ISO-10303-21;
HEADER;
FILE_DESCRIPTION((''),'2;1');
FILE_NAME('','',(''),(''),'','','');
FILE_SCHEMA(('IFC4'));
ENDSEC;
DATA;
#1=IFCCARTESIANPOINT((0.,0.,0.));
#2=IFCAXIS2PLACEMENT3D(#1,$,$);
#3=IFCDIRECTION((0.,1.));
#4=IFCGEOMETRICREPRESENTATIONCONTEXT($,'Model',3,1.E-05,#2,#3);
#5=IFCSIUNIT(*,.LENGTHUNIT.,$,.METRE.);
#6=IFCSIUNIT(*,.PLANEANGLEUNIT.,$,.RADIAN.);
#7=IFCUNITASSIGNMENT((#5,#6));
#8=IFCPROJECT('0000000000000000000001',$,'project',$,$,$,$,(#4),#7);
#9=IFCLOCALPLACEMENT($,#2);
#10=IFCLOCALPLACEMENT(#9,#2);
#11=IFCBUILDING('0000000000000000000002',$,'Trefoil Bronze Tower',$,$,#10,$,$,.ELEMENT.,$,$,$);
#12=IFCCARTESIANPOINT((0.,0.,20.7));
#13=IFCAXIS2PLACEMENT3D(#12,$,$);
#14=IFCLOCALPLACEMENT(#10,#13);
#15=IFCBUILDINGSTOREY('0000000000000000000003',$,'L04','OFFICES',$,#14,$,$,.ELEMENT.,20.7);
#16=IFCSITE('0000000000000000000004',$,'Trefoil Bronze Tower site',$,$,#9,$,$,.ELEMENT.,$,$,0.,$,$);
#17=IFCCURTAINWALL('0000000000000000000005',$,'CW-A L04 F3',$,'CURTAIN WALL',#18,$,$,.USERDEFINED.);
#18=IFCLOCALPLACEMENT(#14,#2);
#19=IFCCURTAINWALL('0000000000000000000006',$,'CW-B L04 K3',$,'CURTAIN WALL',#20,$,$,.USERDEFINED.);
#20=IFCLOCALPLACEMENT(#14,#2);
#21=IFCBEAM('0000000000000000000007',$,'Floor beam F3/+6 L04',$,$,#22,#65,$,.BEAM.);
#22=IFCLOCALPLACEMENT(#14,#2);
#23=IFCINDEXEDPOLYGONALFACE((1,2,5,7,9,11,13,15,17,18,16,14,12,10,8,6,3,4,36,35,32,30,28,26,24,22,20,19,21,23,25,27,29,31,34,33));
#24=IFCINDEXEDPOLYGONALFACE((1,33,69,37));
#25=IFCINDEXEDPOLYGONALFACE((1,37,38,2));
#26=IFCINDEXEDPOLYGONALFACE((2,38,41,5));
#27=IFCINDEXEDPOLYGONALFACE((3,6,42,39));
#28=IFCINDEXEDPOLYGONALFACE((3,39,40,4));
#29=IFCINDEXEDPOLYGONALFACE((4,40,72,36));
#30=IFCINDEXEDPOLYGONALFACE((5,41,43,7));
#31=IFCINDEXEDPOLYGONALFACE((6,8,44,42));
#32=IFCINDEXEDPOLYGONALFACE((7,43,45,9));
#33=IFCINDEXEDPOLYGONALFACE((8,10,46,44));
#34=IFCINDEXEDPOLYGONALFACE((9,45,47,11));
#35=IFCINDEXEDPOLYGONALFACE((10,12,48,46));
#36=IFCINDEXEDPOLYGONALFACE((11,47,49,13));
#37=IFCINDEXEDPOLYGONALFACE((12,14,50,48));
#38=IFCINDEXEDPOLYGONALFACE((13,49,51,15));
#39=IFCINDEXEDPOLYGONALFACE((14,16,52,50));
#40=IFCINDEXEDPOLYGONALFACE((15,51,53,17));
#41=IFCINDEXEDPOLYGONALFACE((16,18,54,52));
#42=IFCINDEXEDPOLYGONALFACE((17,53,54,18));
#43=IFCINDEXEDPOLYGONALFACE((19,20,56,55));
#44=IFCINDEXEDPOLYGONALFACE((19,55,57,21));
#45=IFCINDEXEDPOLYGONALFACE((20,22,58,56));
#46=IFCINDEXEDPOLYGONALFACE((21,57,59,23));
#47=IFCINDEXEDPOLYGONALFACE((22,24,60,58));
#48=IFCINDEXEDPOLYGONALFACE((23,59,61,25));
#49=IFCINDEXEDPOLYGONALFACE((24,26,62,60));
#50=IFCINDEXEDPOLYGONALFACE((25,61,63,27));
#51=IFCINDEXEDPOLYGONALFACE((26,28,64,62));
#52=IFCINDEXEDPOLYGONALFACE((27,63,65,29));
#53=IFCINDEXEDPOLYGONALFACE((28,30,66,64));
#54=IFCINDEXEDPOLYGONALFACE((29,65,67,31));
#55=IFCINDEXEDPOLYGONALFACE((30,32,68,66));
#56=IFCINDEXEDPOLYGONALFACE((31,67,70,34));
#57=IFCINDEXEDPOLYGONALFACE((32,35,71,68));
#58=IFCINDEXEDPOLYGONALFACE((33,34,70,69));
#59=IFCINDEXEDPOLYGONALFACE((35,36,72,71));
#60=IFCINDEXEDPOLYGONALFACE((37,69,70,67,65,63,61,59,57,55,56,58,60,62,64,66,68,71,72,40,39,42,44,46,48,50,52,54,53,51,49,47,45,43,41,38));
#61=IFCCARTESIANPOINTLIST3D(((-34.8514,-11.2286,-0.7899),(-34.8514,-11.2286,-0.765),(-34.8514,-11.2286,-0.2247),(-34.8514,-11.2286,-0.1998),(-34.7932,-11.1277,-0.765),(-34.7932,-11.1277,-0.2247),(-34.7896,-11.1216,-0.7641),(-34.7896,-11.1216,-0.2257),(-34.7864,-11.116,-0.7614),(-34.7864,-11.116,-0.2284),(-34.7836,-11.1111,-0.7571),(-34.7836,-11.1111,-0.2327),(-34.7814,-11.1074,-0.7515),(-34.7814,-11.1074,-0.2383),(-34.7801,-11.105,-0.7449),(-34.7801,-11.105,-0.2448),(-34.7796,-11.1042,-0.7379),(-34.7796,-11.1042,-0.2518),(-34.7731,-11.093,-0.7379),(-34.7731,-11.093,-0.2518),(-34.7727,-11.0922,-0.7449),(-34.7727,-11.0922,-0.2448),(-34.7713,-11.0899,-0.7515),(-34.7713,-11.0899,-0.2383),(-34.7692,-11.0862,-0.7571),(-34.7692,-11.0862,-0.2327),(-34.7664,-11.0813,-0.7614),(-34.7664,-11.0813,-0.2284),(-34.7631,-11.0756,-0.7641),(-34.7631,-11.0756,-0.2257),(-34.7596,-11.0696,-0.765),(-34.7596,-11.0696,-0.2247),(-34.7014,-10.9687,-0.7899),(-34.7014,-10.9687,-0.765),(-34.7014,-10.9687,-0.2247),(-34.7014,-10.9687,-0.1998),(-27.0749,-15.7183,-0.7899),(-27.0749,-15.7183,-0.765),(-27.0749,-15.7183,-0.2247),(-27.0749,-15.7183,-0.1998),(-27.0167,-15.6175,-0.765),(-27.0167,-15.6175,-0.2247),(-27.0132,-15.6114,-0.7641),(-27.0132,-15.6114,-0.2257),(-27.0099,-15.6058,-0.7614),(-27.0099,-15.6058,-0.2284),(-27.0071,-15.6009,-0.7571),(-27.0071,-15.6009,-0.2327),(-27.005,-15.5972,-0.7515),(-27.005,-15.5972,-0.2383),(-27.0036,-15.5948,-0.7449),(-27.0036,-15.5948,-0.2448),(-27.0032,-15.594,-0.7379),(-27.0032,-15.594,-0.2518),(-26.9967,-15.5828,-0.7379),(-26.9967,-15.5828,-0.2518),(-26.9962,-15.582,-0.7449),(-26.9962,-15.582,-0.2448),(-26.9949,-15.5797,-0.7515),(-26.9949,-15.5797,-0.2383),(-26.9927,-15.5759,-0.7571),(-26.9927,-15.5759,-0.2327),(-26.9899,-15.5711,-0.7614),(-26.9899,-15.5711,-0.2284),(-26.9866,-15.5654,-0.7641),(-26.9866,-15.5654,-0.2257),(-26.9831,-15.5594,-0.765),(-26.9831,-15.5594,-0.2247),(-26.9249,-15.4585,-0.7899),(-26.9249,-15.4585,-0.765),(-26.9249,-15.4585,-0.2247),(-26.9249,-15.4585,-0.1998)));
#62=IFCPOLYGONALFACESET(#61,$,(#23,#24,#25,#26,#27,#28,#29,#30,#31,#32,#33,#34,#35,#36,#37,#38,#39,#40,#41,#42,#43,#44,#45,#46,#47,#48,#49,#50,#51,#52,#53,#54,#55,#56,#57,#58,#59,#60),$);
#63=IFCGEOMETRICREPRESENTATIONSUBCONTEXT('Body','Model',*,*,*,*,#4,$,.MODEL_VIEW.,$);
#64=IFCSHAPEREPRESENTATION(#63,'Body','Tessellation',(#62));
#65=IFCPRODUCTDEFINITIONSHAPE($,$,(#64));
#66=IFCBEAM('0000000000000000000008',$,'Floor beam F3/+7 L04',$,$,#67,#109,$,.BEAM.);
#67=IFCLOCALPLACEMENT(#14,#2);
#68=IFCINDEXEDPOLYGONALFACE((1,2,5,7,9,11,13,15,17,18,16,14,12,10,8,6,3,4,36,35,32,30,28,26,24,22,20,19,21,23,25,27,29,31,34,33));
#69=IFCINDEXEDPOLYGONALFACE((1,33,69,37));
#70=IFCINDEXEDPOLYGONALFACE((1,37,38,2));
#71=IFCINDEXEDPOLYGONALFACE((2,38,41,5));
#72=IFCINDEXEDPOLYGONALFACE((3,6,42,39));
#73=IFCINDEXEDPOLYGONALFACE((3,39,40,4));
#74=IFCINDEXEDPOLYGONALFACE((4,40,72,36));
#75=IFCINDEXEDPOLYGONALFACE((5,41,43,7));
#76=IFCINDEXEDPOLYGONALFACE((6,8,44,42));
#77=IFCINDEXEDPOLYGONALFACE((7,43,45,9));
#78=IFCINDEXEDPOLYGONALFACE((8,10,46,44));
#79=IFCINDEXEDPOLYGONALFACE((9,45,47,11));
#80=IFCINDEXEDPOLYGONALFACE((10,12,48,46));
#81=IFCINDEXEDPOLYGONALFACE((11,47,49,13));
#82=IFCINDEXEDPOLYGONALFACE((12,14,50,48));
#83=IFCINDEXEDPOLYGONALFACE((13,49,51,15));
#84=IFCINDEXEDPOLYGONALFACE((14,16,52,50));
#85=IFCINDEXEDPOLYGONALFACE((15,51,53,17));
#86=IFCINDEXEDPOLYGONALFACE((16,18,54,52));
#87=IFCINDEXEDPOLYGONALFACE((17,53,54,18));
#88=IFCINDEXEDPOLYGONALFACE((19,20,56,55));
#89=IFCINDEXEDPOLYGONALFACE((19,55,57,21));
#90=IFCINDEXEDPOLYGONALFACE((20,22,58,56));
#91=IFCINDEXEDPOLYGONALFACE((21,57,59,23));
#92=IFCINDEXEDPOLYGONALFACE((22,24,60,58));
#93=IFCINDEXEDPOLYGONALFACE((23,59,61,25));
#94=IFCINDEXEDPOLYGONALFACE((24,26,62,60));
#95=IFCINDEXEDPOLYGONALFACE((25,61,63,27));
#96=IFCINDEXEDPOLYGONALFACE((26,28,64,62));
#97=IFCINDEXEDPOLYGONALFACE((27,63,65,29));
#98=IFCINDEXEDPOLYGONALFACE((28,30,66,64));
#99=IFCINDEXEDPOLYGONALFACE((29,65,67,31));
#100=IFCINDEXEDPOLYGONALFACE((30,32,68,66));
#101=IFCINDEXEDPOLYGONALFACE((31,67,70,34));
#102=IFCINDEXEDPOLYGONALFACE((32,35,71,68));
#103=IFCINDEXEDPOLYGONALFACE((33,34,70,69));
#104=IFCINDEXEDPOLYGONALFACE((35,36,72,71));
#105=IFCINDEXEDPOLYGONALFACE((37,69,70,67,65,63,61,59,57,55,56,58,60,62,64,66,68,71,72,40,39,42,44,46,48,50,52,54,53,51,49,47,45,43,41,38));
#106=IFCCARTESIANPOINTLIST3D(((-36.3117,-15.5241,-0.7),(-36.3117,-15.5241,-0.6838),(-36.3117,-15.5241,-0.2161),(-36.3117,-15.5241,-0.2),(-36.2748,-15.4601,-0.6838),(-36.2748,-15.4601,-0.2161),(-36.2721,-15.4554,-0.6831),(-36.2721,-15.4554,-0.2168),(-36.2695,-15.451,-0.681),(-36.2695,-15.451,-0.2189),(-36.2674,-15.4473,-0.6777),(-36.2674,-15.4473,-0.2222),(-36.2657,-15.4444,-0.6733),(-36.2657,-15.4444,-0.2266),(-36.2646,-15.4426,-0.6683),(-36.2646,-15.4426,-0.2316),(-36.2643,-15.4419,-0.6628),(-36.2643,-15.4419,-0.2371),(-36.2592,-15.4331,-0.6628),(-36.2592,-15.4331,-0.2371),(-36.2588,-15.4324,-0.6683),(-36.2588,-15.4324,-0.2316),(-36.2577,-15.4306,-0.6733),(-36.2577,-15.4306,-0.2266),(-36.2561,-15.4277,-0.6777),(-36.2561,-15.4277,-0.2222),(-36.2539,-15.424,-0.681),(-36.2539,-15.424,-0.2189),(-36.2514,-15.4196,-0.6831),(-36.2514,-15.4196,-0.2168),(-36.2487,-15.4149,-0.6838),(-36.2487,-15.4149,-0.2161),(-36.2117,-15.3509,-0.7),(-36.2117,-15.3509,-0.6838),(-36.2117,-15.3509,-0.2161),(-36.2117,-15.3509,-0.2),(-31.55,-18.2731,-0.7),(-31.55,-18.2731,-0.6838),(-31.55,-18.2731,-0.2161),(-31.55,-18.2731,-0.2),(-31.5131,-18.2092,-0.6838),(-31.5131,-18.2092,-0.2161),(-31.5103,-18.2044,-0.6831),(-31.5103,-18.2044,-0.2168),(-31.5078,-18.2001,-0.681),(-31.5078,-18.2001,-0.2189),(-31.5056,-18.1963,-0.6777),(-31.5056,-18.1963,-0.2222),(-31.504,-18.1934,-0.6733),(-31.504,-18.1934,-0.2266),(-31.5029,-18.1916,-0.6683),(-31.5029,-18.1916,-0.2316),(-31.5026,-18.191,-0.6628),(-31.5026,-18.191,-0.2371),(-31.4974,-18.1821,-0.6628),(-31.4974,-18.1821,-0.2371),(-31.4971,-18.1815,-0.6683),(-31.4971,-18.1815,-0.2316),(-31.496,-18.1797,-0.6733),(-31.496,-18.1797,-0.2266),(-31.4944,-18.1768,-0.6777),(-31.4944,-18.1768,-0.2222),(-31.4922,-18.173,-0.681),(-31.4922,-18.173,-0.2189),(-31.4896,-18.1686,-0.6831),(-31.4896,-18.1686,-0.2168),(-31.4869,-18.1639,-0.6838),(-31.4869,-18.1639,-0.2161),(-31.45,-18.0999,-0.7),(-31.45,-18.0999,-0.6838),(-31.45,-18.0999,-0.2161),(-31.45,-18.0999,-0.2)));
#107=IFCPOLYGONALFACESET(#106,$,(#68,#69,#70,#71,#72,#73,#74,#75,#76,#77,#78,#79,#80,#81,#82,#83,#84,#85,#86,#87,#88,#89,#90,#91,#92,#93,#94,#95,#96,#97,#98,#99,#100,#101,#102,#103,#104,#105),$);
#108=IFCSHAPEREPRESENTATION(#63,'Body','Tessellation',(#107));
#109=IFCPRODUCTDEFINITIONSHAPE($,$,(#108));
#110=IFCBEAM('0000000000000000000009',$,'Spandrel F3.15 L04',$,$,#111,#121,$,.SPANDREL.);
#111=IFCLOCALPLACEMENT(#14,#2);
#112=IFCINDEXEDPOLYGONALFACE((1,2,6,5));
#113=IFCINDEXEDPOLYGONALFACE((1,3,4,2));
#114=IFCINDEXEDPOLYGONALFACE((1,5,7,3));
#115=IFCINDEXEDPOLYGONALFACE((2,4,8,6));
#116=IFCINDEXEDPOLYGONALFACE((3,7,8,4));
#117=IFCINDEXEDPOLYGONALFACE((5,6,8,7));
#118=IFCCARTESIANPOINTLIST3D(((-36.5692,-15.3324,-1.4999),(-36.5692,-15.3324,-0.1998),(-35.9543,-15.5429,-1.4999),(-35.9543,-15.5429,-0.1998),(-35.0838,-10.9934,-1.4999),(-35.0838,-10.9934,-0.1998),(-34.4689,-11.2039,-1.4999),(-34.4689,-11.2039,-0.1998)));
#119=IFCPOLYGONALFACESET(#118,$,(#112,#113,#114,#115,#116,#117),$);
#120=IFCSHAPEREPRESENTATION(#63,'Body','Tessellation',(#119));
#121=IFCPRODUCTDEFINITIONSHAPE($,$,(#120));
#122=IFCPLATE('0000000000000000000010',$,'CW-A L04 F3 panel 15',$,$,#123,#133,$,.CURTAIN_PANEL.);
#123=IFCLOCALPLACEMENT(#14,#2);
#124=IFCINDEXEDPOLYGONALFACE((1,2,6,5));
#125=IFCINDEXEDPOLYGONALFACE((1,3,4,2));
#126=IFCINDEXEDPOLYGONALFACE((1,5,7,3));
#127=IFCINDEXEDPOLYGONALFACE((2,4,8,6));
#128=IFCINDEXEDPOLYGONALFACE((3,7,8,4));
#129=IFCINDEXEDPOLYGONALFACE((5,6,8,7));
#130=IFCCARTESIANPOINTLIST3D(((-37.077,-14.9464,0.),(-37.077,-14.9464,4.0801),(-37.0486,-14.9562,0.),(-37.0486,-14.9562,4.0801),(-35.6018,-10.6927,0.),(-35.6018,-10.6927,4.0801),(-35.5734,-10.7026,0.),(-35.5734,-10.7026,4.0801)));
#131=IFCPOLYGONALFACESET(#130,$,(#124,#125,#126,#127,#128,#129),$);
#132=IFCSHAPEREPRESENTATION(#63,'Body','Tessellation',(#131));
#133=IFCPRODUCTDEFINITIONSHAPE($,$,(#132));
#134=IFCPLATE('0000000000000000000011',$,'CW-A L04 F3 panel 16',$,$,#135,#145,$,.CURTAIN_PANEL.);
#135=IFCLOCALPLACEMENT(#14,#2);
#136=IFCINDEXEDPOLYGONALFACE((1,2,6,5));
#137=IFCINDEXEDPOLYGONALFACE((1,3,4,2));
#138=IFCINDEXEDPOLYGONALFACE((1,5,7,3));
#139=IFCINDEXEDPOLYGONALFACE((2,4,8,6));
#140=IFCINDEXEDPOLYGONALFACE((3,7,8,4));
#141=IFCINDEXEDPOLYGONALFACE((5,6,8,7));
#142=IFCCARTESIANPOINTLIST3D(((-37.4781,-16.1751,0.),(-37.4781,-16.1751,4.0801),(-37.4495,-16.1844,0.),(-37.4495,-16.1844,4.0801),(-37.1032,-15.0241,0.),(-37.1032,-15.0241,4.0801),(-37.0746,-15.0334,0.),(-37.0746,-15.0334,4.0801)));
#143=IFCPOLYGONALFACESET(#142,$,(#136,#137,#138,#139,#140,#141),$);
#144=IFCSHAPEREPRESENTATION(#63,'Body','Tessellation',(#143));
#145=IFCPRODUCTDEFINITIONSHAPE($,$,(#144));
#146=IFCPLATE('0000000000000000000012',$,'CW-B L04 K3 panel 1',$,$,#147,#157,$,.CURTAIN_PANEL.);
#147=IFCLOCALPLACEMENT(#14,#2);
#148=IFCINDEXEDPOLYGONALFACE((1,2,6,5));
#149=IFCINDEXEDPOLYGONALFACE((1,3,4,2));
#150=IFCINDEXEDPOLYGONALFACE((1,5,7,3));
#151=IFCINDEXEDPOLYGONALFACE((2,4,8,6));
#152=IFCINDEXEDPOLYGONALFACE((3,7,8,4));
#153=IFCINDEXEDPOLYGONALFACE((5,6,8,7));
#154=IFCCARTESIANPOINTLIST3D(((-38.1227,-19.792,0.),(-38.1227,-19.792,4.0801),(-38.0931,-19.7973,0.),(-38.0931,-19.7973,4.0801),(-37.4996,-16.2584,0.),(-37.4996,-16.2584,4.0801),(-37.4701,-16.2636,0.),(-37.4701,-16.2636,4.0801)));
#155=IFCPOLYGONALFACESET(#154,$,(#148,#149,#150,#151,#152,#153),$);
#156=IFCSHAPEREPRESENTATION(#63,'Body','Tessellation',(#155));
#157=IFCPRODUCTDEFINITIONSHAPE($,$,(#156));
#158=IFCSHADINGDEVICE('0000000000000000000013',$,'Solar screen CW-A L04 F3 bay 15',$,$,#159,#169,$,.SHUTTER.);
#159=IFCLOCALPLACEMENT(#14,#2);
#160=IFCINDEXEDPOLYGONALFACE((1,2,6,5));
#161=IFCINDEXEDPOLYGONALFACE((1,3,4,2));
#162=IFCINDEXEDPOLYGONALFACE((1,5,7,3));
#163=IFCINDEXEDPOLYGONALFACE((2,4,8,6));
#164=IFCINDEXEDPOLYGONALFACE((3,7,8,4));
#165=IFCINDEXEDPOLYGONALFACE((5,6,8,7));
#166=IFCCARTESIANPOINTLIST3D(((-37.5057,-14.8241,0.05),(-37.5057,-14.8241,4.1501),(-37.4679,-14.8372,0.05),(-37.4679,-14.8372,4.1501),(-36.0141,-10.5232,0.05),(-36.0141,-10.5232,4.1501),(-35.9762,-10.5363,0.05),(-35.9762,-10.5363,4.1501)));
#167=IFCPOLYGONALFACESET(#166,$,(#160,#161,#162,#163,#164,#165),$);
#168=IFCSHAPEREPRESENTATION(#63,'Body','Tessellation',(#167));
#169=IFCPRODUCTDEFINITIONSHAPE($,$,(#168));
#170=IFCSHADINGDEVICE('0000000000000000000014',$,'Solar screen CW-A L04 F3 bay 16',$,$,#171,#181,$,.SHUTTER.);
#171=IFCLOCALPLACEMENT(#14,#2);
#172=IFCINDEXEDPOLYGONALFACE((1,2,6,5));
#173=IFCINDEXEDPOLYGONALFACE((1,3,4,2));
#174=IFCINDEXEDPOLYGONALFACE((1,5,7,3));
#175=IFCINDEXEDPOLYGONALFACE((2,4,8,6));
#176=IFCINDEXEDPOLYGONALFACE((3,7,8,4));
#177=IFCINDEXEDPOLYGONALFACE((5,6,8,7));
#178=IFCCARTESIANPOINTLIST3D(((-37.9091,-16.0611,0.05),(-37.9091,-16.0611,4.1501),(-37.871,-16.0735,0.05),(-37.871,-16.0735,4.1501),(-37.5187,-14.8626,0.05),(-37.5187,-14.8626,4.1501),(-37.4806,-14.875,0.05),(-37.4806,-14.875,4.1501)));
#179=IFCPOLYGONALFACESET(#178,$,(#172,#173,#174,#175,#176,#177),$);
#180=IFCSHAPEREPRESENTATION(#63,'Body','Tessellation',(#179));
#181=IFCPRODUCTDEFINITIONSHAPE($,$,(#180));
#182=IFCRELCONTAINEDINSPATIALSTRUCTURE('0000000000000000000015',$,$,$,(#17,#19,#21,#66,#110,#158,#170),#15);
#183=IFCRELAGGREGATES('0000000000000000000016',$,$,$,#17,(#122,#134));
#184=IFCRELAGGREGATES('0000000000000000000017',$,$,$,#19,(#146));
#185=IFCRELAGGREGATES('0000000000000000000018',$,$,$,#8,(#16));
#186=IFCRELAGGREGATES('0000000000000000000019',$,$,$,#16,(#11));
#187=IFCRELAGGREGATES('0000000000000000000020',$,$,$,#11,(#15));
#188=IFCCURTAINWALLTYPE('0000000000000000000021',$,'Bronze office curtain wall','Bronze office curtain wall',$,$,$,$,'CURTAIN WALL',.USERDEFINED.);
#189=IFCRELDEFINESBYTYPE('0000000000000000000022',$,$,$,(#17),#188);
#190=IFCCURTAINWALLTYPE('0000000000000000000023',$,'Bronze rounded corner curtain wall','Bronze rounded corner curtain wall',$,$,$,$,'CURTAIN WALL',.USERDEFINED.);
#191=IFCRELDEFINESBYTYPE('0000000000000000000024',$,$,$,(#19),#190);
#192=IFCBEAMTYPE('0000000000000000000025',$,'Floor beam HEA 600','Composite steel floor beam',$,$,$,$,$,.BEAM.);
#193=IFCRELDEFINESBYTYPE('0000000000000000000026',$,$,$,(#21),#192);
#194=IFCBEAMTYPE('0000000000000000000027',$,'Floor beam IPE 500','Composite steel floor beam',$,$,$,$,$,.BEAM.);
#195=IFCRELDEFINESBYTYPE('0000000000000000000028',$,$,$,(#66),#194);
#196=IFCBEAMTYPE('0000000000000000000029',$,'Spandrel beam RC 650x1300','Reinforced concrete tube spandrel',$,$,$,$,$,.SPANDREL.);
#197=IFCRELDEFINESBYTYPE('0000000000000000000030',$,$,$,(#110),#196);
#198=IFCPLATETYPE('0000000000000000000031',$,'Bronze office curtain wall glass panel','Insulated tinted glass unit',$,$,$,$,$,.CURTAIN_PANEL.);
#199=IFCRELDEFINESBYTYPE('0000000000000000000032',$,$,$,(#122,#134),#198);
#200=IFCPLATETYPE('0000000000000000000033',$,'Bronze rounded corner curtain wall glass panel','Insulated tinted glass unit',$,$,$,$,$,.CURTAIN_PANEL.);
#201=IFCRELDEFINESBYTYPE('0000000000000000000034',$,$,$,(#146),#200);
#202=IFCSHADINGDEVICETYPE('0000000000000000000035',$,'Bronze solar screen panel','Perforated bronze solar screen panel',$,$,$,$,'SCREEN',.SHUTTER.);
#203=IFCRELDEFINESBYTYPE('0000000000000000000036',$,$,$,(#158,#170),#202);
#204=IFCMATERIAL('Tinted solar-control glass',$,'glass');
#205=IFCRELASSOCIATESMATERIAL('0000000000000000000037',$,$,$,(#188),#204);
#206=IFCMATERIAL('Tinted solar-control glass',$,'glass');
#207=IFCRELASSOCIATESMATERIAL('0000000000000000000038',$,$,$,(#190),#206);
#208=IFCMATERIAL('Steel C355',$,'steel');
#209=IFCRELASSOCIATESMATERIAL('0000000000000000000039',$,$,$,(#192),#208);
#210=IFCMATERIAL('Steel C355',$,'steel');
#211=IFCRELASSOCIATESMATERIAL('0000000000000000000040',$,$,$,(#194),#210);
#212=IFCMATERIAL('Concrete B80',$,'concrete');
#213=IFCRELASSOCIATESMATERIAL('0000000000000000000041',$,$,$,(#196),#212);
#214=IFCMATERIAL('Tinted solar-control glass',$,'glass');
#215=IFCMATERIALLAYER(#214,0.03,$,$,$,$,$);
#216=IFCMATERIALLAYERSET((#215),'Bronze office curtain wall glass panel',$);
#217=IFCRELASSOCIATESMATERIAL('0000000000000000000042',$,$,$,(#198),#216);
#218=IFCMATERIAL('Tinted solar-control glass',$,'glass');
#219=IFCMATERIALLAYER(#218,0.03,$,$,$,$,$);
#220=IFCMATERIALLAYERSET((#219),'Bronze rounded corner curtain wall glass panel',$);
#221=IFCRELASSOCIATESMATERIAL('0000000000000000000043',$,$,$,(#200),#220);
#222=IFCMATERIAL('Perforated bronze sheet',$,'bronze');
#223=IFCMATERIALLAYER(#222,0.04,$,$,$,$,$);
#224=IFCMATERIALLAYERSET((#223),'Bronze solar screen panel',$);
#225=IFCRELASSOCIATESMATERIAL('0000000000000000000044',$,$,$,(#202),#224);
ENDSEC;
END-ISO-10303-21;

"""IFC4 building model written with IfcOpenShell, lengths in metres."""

from ifc_helpers import new_model, si_unit, direction, frame, origin, origin_2d, place, context, subcontext, project, spatial, rectangle, i_section, extrude, material, layer, layer_set, material_profile, profile_set, type_object, element, aggregate, save


model = new_model("IFC4")

# Units and contexts
model_context = context("Model", 3, precision=1e-05, world=origin(), true_north=direction((0.0, 1.0)))
body_context = subcontext(model_context, "Body", "Model", "MODEL_VIEW")
ifc_project = project(units=[si_unit("LENGTHUNIT", "METRE"), si_unit("PLANEANGLEUNIT", "RADIAN")], contexts=[model_context])

# Site, building, storey
site_placement = place(None, origin())
site = spatial("IfcSite", under=ifc_project, at=site_placement, Name="Trefoil Bronze Tower site", CompositionType="ELEMENT", RefElevation=0.0)
building_placement = place(site_placement, origin())
building = spatial("IfcBuilding", under=site, at=building_placement, Name="Trefoil Bronze Tower", CompositionType="ELEMENT")
storey_placement = place(building_placement, frame((0.0, 0.0, 20.7)))
storey = spatial("IfcBuildingStorey", under=building, at=storey_placement, Name="L04", Description="OFFICES", CompositionType="ELEMENT", Elevation=20.7)

# Curtain walls
ifc_material_1 = material(Name="Tinted solar-control glass", Category="glass")
curtain_wall_type_1 = type_object("IfcCurtainWallType", Name="Bronze office curtain wall", Description="Bronze office curtain wall", ElementType="CURTAIN WALL", PredefinedType="USERDEFINED", material=ifc_material_1)
curtain_wall_1_placement = place(storey_placement, origin())
curtain_wall_1 = element("IfcCurtainWall", 1, at=curtain_wall_1_placement, inside=storey, type_object=curtain_wall_type_1, Name="CW-A L04 F3", ObjectType="CURTAIN WALL", PredefinedType="USERDEFINED")
ifc_material_2 = material(Name="Tinted solar-control glass", Category="glass")
curtain_wall_type_2 = type_object("IfcCurtainWallType", Name="Bronze rounded corner curtain wall", Description="Bronze rounded corner curtain wall", ElementType="CURTAIN WALL", PredefinedType="USERDEFINED", material=ifc_material_2)
curtain_wall_2_placement = place(storey_placement, origin())
curtain_wall_2 = element("IfcCurtainWall", 2, at=curtain_wall_2_placement, inside=storey, type_object=curtain_wall_type_2, Name="CW-B L04 K3", ObjectType="CURTAIN WALL", PredefinedType="USERDEFINED")

# Beams
ifc_material_3 = material(Name="Steel C355", Category="steel")
ifc_material_profile_1 = material_profile(ifc_material_3, i_section(OverallWidth=0.3, OverallDepth=0.5901, WebThickness=0.0129, FlangeThickness=0.0249, FilletRadius=0.0271, at=origin_2d()), Name="HEA 600")
ifc_profile_set_1 = profile_set([ifc_material_profile_1], Name="Steel C355")
beam_type_1 = type_object("IfcBeamType", Name="Floor beam HEA 600", Description="Composite steel floor beam", PredefinedType="BEAM", material=ifc_profile_set_1)
beam_1_placement = place(storey_placement, frame((-34.7764, -11.0986, -0.4949), z_axis=(0.866023, -0.500005, 0.0), x_axis=(0.500005, 0.866023, 0.0)))
element("IfcBeam", 3, at=beam_1_placement, inside=storey, type_object=beam_type_1, Name="Floor beam F3/+6 L04", PredefinedType="BEAM", context=body_context, shape_type="SweptSolid", body=[
    extrude(i_section(OverallWidth=0.3, OverallDepth=0.5901, WebThickness=0.0129, FlangeThickness=0.0249, FilletRadius=0.0271, at=origin_2d()), origin(), (0.0, 0.0, 1.0), 8.9795),
])
ifc_material_4 = material(Name="Steel C355", Category="steel")
ifc_material_profile_2 = material_profile(ifc_material_4, i_section(OverallWidth=0.2, OverallDepth=0.5, WebThickness=0.0103, FlangeThickness=0.0161, FilletRadius=0.021, at=origin_2d()), Name="IPE 500")
ifc_profile_set_2 = profile_set([ifc_material_profile_2], Name="Steel C355")
beam_type_2 = type_object("IfcBeamType", Name="Floor beam IPE 500", Description="Composite steel floor beam", PredefinedType="BEAM", material=ifc_profile_set_2)
beam_2_placement = place(storey_placement, frame((-36.2617, -15.4375, -0.45), z_axis=(0.866038, -0.499979, 0.0), x_axis=(0.499979, 0.866038, 0.0)))
element("IfcBeam", 4, at=beam_2_placement, inside=storey, type_object=beam_type_2, Name="Floor beam F3/+7 L04", PredefinedType="BEAM", context=body_context, shape_type="SweptSolid", body=[
    extrude(i_section(OverallWidth=0.2, OverallDepth=0.5, WebThickness=0.0103, FlangeThickness=0.0161, FilletRadius=0.021, at=origin_2d()), origin(), (0.0, 0.0, 1.0), 5.4983),
])
ifc_material_5 = material(Name="Concrete B80", Category="concrete")
ifc_material_profile_3 = material_profile(ifc_material_5, rectangle(XDim=0.6499, YDim=1.3, at=origin_2d()), Name="RC 650x1300")
ifc_profile_set_3 = profile_set([ifc_material_profile_3], Name="Concrete B80")
beam_type_3 = type_object("IfcBeamType", Name="Spandrel beam RC 650x1300", Description="Reinforced concrete tube spandrel", PredefinedType="SPANDREL", material=ifc_profile_set_3)
beam_3_placement = place(storey_placement, frame((-34.7764, -11.0986, -0.8499), z_axis=(-0.323883, -0.946097, 0.0), x_axis=(0.946097, -0.323883, 0.0)))
element("IfcBeam", 5, at=beam_3_placement, inside=storey, type_object=beam_type_3, Name="Spandrel F3.15 L04", PredefinedType="SPANDREL", context=body_context, shape_type="SweptSolid", body=[
    extrude(rectangle(XDim=0.6499, YDim=1.3, at=origin_2d()), origin(), (0.0, 0.0, 1.0), 4.5862),
])

# Plates
ifc_material_6 = material(Name="Tinted solar-control glass", Category="glass")
ifc_layer_1 = layer(ifc_material_6, 0.03)
ifc_layer_set_1 = layer_set([ifc_layer_1], Name="Bronze office curtain wall glass panel")
plate_type_1 = type_object("IfcPlateType", Name="Bronze office curtain wall glass panel", Description="Insulated tinted glass unit", PredefinedType="CURTAIN_PANEL", material=ifc_layer_set_1)
plate_1_placement = place(storey_placement, frame((-36.3252, -12.8245, 0.0), z_axis=(0.0, 0.0, 1.0), x_axis=(-0.327674, -0.944791, 0.0)))
plate_1 = element("IfcPlate", 6, at=plate_1_placement, type_object=plate_type_1, Name="CW-A L04 F3 panel 15", PredefinedType="CURTAIN_PANEL", context=body_context, shape_type="SweptSolid", body=[
    extrude(rectangle(XDim=4.5022, YDim=0.03, at=origin_2d()), origin(), (0.0, 0.0, 1.0), 4.0801),
])
plate_2_placement = place(storey_placement, frame((-37.2764, -15.6042, 0.0), z_axis=(0.0, 0.0, 1.0), x_axis=(-0.309728, -0.950825, 0.0)))
plate_2 = element("IfcPlate", 7, at=plate_2_placement, type_object=plate_type_1, Name="CW-A L04 F3 panel 16", PredefinedType="CURTAIN_PANEL", context=body_context, shape_type="SweptSolid", body=[
    extrude(rectangle(XDim=1.2104, YDim=0.03, at=origin_2d()), origin(), (0.0, 0.0, 1.0), 4.0801),
])
aggregate(curtain_wall_1, [plate_1, plate_2])
ifc_material_7 = material(Name="Tinted solar-control glass", Category="glass")
ifc_layer_2 = layer(ifc_material_7, 0.03)
ifc_layer_set_2 = layer_set([ifc_layer_2], Name="Bronze rounded corner curtain wall glass panel")
plate_type_2 = type_object("IfcPlateType", Name="Bronze rounded corner curtain wall glass panel", Description="Insulated tinted glass unit", PredefinedType="CURTAIN_PANEL", material=ifc_layer_set_2)
plate_3_placement = place(storey_placement, frame((-37.7964, -18.0278, 0.0), z_axis=(0.0, 0.0, 1.0), x_axis=(-0.173648, -0.984808, 0.0)))
plate_3 = element("IfcPlate", 8, at=plate_3_placement, type_object=plate_type_2, Name="CW-B L04 K3 panel 1", PredefinedType="CURTAIN_PANEL", context=body_context, shape_type="SweptSolid", body=[
    extrude(rectangle(XDim=3.5881, YDim=0.03, at=origin_2d()), origin(), (0.0, 0.0, 1.0), 4.0801),
])
aggregate(curtain_wall_2, [plate_3])

# Shading devices
ifc_material_8 = material(Name="Perforated bronze sheet", Category="bronze")
ifc_layer_3 = layer(ifc_material_8, 0.04)
ifc_layer_set_3 = layer_set([ifc_layer_3], Name="Bronze solar screen panel")
shading_device_type = type_object("IfcShadingDeviceType", Name="Bronze solar screen panel", Description="Perforated bronze solar screen panel", ElementType="SCREEN", PredefinedType="SHUTTER", material=ifc_layer_set_3)
shading_device_1_placement = place(storey_placement, frame((-36.741, -12.6802, 0.05), z_axis=(0.0, 0.0, 1.0), x_axis=(-0.327674, -0.944791, 0.0)))
element("IfcShadingDevice", 9, at=shading_device_1_placement, inside=storey, type_object=shading_device_type, Name="Solar screen CW-A L04 F3 bay 15", PredefinedType="SHUTTER", context=body_context, shape_type="SweptSolid", body=[
    extrude(rectangle(XDim=4.5522, YDim=0.04, at=origin_2d()), origin(), (0.0, 0.0, 1.0), 4.1001),
])
shading_device_2_placement = place(storey_placement, frame((-37.6948, -15.468, 0.05), z_axis=(0.0, 0.0, 1.0), x_axis=(-0.309728, -0.950825, 0.0)))
element("IfcShadingDevice", 10, at=shading_device_2_placement, inside=storey, type_object=shading_device_type, Name="Solar screen CW-A L04 F3 bay 16", PredefinedType="SHUTTER", context=body_context, shape_type="SweptSolid", body=[
    extrude(rectangle(XDim=1.2605, YDim=0.04, at=origin_2d()), origin(), (0.0, 0.0, 1.0), 4.1001),
])

save(model, "model.ifc")
